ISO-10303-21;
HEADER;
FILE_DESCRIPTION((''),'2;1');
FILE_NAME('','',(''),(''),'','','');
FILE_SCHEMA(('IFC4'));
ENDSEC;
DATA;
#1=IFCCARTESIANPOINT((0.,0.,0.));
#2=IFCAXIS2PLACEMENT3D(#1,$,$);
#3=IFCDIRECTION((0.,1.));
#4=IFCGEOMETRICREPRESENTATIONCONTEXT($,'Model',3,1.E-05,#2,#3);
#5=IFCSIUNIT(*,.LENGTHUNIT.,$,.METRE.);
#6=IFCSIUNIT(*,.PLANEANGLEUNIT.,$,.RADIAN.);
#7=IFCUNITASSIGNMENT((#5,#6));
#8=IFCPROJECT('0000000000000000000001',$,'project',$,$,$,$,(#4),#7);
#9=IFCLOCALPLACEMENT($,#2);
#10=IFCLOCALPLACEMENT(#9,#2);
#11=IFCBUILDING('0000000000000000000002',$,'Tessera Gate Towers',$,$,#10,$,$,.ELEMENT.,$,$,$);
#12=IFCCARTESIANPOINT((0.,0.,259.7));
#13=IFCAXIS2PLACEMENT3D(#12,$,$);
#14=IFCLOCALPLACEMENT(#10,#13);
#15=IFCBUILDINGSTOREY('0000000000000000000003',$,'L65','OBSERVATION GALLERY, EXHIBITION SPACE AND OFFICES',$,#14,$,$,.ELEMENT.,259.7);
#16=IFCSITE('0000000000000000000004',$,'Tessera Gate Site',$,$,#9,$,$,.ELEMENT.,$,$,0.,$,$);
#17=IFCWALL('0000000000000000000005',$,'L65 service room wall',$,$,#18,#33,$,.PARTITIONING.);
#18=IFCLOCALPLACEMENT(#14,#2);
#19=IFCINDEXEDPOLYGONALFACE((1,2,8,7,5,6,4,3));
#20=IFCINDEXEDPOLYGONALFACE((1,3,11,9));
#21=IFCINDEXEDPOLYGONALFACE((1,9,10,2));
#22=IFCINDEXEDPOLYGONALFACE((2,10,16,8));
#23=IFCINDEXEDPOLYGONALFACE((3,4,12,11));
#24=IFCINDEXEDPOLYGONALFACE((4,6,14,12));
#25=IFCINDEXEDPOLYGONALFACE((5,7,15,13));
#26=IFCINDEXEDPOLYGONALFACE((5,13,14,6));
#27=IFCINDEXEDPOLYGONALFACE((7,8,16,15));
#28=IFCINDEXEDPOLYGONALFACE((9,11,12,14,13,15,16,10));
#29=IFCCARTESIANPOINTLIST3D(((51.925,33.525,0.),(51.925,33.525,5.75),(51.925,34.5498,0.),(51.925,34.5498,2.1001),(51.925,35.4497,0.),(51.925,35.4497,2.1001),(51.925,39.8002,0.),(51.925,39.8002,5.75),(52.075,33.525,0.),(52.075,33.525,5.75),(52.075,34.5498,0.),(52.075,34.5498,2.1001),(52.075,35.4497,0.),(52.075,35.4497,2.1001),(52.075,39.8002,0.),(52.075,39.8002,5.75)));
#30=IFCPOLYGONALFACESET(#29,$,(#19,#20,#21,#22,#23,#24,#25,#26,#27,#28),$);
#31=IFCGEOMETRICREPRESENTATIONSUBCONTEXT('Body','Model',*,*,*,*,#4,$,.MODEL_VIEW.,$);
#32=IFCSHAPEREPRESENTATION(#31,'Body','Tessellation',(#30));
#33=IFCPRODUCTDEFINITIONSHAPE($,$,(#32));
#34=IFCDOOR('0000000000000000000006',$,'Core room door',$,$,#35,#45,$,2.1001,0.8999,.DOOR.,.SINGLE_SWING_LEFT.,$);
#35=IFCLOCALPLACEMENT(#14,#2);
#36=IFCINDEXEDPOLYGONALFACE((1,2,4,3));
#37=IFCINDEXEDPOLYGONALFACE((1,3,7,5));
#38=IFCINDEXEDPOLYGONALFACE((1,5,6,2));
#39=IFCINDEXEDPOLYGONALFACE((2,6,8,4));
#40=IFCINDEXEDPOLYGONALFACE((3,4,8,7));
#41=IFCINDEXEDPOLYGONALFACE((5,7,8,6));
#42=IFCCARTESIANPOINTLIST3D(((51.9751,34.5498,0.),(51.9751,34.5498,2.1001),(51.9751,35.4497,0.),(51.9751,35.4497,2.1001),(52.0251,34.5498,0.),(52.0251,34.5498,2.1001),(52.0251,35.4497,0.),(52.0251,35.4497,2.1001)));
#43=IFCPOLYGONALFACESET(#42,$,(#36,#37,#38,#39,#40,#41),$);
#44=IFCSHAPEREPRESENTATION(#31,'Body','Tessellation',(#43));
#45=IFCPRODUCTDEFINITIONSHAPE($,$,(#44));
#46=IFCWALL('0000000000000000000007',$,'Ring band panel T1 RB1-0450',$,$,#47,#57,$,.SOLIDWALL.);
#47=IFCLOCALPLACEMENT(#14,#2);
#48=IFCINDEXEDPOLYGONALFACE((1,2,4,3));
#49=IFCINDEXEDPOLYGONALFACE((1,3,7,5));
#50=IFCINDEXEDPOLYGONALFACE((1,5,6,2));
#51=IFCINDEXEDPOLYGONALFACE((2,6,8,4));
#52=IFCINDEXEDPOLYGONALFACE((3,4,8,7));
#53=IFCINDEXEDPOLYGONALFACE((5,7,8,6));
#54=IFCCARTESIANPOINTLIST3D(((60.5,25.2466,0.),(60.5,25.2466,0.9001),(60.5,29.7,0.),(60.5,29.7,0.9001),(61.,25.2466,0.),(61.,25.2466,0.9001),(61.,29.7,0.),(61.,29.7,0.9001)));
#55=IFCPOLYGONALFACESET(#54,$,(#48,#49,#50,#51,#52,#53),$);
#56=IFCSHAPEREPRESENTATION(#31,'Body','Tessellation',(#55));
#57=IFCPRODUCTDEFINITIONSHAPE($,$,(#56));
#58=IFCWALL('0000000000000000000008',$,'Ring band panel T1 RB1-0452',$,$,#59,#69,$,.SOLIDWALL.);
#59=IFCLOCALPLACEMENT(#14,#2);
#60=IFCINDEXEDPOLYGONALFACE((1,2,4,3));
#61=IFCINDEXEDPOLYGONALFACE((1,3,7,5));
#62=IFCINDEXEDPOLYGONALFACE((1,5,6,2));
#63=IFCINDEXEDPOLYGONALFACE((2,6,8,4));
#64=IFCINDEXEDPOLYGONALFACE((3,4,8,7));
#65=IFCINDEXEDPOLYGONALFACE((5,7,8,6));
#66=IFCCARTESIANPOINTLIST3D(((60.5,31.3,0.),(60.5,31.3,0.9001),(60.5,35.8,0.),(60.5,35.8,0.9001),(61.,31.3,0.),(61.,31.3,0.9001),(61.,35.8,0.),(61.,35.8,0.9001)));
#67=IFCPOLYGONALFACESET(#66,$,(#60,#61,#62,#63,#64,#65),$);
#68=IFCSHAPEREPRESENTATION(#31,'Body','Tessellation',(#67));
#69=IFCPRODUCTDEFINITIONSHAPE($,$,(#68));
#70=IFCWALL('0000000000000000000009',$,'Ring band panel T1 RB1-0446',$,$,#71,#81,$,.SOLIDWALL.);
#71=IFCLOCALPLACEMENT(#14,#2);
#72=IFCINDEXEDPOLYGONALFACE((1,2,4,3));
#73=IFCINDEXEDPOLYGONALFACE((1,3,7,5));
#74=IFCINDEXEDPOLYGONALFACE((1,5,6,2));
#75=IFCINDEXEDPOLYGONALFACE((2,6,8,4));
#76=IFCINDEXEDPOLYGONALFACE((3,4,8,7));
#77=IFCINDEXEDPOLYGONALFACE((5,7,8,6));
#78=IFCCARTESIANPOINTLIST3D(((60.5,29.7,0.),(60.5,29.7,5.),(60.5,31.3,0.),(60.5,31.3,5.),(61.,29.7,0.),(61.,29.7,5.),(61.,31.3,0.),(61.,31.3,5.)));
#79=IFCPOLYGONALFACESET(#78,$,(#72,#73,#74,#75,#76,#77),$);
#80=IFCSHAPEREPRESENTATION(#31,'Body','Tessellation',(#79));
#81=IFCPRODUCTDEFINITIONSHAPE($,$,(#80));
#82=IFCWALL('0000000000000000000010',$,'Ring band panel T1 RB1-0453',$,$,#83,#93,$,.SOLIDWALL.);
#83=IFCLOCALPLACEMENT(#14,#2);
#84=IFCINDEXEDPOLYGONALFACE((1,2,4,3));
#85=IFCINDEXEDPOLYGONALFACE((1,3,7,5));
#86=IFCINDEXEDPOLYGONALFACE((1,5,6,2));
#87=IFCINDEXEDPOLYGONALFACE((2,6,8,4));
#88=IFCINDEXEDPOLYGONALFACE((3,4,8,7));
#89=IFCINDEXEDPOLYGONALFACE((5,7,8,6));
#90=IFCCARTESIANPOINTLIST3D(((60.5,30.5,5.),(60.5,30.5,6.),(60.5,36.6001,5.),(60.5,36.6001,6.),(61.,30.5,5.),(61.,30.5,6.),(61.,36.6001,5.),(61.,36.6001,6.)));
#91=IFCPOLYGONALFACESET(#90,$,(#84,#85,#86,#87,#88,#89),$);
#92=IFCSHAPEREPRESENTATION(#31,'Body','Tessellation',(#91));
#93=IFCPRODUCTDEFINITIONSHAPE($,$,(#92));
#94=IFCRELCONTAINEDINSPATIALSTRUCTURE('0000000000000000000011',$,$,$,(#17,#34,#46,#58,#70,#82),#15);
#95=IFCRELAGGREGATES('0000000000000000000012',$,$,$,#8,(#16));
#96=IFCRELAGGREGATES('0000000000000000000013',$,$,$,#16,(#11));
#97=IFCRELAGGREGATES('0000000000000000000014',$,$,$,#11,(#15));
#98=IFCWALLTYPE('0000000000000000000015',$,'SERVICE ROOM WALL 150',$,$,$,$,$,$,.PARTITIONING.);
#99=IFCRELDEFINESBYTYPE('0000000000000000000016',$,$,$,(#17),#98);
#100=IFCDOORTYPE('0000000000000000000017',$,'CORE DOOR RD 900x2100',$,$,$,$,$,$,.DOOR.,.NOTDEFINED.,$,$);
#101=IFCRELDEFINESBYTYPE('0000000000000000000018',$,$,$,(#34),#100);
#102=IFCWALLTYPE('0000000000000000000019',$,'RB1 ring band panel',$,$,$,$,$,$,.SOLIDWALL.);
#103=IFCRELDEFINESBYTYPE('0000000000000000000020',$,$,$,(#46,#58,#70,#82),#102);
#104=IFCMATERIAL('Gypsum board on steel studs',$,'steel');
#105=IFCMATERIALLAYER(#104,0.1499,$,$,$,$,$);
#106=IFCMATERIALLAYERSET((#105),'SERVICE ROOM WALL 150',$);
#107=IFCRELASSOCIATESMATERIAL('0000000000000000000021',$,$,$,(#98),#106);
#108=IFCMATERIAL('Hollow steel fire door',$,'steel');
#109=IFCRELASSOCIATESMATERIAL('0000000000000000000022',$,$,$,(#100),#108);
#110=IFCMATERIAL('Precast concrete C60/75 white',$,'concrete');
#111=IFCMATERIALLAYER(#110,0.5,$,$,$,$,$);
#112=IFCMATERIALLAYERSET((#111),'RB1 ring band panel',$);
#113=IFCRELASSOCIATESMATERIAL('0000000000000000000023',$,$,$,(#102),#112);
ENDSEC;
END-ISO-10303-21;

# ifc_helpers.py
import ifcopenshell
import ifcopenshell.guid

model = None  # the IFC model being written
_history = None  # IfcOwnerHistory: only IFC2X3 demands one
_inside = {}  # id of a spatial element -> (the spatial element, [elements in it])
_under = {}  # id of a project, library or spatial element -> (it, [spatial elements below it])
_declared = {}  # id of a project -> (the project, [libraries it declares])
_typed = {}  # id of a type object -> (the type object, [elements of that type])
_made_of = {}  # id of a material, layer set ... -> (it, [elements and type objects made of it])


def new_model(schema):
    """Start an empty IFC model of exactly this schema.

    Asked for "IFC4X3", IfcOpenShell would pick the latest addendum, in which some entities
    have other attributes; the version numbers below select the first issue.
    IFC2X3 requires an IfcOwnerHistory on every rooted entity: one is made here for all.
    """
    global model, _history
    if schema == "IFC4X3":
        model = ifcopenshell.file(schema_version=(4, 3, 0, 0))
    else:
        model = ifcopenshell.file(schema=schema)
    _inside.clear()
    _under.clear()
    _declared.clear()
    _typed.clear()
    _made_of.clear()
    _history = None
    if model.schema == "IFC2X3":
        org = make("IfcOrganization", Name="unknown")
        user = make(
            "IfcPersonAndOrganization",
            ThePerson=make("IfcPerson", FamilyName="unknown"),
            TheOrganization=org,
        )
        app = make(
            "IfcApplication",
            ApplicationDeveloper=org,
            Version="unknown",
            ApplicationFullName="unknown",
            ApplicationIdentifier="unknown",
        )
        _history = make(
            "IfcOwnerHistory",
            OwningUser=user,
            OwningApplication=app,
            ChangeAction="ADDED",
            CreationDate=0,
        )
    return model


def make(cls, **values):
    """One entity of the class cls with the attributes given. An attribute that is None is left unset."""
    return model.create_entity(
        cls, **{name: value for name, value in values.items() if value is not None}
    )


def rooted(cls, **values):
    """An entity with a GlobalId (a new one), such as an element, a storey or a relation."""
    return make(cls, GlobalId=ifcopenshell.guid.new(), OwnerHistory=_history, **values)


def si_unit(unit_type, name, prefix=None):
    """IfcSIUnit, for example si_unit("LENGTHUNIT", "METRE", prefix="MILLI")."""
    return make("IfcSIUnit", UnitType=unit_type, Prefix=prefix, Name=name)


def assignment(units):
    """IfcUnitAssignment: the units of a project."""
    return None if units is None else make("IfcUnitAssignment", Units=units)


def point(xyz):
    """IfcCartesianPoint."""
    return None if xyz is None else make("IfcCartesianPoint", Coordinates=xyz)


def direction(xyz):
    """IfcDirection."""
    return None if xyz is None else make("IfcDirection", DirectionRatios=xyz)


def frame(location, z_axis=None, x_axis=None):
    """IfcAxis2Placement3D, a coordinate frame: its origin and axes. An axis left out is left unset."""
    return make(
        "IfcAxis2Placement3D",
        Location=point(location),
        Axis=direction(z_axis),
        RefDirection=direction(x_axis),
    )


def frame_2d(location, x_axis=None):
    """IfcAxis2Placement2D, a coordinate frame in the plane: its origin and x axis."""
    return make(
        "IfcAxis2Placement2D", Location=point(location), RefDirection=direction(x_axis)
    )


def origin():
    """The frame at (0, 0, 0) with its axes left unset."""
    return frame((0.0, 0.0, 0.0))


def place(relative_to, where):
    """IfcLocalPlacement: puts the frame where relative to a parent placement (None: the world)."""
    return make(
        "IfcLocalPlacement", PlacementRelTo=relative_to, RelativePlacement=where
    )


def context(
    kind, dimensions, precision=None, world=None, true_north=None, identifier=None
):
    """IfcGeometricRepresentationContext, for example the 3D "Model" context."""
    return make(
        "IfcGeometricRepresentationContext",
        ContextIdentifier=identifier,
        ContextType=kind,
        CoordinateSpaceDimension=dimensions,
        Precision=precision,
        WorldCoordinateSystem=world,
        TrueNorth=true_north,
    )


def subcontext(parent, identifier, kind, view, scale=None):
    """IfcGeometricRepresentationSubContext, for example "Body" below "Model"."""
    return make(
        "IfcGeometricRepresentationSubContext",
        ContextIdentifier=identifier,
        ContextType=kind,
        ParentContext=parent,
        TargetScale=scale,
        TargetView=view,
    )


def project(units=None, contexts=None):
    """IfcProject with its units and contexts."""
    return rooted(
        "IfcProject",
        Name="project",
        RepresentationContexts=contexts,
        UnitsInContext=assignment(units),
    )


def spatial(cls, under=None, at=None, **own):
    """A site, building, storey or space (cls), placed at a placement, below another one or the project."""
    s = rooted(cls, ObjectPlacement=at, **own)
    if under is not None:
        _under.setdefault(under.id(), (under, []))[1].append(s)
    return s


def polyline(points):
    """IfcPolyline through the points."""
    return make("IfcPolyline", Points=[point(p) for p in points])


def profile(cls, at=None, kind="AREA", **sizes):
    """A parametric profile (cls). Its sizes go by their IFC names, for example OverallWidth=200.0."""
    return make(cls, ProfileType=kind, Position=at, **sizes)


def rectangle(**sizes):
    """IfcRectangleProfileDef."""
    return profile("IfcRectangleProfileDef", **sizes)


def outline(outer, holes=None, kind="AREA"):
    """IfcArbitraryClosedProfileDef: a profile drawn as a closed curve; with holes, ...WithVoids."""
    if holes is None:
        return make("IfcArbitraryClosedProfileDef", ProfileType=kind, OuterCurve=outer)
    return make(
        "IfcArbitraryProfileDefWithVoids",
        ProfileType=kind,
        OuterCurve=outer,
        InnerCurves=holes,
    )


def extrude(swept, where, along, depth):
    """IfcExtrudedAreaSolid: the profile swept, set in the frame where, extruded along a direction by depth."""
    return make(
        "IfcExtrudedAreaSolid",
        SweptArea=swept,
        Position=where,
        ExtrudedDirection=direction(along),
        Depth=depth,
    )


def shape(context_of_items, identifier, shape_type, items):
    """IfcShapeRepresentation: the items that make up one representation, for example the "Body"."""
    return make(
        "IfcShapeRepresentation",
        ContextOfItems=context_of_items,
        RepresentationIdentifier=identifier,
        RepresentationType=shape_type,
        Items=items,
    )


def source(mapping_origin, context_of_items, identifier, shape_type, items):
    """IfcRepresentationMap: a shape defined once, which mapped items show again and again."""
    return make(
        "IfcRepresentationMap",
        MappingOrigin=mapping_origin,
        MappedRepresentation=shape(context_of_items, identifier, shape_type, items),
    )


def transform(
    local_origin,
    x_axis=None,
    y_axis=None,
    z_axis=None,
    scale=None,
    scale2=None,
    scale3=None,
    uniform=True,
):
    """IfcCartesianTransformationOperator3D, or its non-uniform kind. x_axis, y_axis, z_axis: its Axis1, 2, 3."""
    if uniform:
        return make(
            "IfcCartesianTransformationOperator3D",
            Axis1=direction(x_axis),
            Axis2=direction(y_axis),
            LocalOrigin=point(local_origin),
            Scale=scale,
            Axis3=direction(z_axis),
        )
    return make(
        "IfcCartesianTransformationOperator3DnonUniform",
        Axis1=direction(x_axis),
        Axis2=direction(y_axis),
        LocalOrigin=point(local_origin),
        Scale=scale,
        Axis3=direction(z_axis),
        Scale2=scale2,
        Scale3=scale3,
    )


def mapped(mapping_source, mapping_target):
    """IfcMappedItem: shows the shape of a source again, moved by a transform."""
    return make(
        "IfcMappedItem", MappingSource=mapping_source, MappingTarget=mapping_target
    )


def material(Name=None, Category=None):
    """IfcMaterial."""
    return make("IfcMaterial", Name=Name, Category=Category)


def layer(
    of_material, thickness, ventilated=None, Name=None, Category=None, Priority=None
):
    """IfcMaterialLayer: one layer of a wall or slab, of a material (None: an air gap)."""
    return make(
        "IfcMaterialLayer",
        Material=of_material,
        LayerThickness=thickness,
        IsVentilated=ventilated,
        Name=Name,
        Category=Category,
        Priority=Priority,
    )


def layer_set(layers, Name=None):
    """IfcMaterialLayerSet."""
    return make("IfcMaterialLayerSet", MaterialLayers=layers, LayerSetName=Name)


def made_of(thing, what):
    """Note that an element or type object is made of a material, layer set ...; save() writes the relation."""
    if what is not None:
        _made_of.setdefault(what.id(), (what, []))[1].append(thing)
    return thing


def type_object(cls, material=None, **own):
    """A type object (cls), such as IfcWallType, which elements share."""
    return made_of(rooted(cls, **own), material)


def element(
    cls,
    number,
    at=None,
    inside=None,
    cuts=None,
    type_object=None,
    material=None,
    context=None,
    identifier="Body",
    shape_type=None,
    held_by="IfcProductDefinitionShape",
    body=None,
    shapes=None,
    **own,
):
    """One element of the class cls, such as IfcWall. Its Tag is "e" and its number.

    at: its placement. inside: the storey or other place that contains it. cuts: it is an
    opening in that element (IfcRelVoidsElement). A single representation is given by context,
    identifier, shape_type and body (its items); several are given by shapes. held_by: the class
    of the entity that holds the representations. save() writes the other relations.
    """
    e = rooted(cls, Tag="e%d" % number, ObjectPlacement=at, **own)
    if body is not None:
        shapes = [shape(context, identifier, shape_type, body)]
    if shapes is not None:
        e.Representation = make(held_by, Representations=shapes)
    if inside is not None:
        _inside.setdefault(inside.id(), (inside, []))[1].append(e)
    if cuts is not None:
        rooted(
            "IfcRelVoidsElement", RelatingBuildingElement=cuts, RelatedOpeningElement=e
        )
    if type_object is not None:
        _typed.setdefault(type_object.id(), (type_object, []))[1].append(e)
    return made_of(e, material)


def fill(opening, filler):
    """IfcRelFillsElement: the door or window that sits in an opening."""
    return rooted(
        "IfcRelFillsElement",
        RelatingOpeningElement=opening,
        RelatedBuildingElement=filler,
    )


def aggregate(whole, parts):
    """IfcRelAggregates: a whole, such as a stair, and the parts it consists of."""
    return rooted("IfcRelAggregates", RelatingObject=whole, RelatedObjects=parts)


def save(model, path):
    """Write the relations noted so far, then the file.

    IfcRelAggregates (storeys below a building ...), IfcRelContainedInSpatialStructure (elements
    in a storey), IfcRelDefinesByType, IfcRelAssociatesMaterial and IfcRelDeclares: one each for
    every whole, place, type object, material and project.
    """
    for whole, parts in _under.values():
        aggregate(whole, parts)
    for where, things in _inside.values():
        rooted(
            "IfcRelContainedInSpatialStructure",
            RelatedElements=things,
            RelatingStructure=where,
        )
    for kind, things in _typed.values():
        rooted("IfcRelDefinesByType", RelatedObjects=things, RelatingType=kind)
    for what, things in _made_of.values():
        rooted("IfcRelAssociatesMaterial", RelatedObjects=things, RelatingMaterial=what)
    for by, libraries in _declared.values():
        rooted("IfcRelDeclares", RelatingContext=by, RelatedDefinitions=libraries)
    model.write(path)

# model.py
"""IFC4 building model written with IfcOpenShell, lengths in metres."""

from ifc_helpers import new_model, si_unit, direction, frame, frame_2d, origin, place, context, subcontext, project, spatial, polyline, rectangle, outline, extrude, source, transform, mapped, material, layer, layer_set, type_object, element, fill, save


model = new_model("IFC4")

# Units and contexts
model_context = context("Model", 3, precision=1e-05, world=origin(), true_north=direction((0.0, 1.0)))
body_context = subcontext(model_context, "Body", "Model", "MODEL_VIEW")
ifc_project = project(units=[si_unit("LENGTHUNIT", "METRE"), si_unit("PLANEANGLEUNIT", "RADIAN")], contexts=[model_context])

# Site, building, storey
site_placement = place(None, origin())
site = spatial("IfcSite", under=ifc_project, at=site_placement, Name="Tessera Gate Site", CompositionType="ELEMENT", RefElevation=0.0)
building_placement = place(site_placement, origin())
building = spatial("IfcBuilding", under=site, at=building_placement, Name="Tessera Gate Towers", CompositionType="ELEMENT")
storey_placement = place(building_placement, frame((0.0, 0.0, 259.7)))
storey = spatial("IfcBuildingStorey", under=building, at=storey_placement, Name="L65", Description="OBSERVATION GALLERY, EXHIBITION SPACE AND OFFICES", CompositionType="ELEMENT", Elevation=259.7)

# Wall, opening, door
shared_shape_1 = source(origin(), body_context, "Body", "SweptSolid", [
    extrude(rectangle(XDim=0.8999, YDim=2.1001, at=frame_2d((0.45, 1.05))), frame((0.0, 0.085, 0.0), z_axis=(0.0, -1.0, 0.0), x_axis=(1.0, 0.0, 0.0)), (0.0, 0.0, 1.0), 0.1699),
])
shared_shape_2 = source(origin(), body_context, "Body", "SweptSolid", [
    extrude(rectangle(XDim=0.8999, YDim=2.1001, at=frame_2d((0.45, 1.05))), frame((0.0, 0.0249, 0.0), z_axis=(0.0, -1.0, 0.0), x_axis=(1.0, 0.0, 0.0)), (0.0, 0.0, 1.0), 0.05),
])
ifc_material_1 = material(Name="Gypsum board on steel studs", Category="steel")
ifc_layer_1 = layer(ifc_material_1, 0.1499)
ifc_layer_set_1 = layer_set([ifc_layer_1], Name="SERVICE ROOM WALL 150")
wall_type_1 = type_object("IfcWallType", Name="SERVICE ROOM WALL 150", PredefinedType="PARTITIONING", material=ifc_layer_set_1)
wall_1_placement = place(storey_placement, frame((52.0, 33.5249, 0.0), z_axis=(0.0, 0.0, 1.0), x_axis=(0.0, 1.0, 0.0)))
wall_1 = element("IfcWall", 1, at=wall_1_placement, inside=storey, type_object=wall_type_1, Name="L65 service room wall", PredefinedType="PARTITIONING", context=body_context, shape_type="SweptSolid", body=[
    extrude(rectangle(XDim=6.2751, YDim=0.1499, at=frame_2d((3.1377, 0.0))), origin(), (0.0, 0.0, 1.0), 5.75),
])
opening_1_placement = place(wall_1_placement, frame((1.0249, 0.0, 0.0)))
opening_1 = element("IfcOpeningElement", 2, at=opening_1_placement, cuts=wall_1, PredefinedType="OPENING", context=body_context, shape_type="MappedRepresentation", body=[
    mapped(shared_shape_1, transform((0.0, 0.0, 0.0), scale=1.0)),
])
ifc_material_2 = material(Name="Hollow steel fire door", Category="steel")
door_type_1 = type_object("IfcDoorType", Name="CORE DOOR RD 900x2100", OperationType="NOTDEFINED", PredefinedType="DOOR", material=ifc_material_2)
door_1_placement = place(opening_1_placement, origin())
door_1 = element("IfcDoor", 3, at=door_1_placement, inside=storey, type_object=door_type_1, Name="Core room door", OperationType="SINGLE_SWING_LEFT", OverallHeight=2.1001, OverallWidth=0.8999, PredefinedType="DOOR", context=body_context, shape_type="MappedRepresentation", body=[
    mapped(shared_shape_2, transform((0.0, 0.0, 0.0), scale=1.0)),
])
fill(opening_1, door_1)

# Walls
ifc_material_3 = material(Name="Precast concrete C60/75 white", Category="concrete")
ifc_layer_2 = layer(ifc_material_3, 0.5)
ifc_layer_set_2 = layer_set([ifc_layer_2], Name="RB1 ring band panel")
wall_type_2 = type_object("IfcWallType", Name="RB1 ring band panel", PredefinedType="SOLIDWALL", material=ifc_layer_set_2)
shared_shape_3 = source(origin(), body_context, "Body", "SweptSolid", [
    extrude(outline(polyline([(0.0, 0.0), (4.4534, 0.0), (4.4534, 0.9001), (0.0, 0.9001), (0.0, 0.0)])), frame((0.0, 0.25, 0.0), z_axis=(0.0, -1.0, 0.0), x_axis=(1.0, 0.0, 0.0)), (0.0, 0.0, 1.0), 0.5),
])
wall_2_placement = place(storey_placement, frame((60.75, 25.2466, 0.0), z_axis=(0.0, 0.0, 1.0), x_axis=(0.0, 1.0, 0.0)))
element("IfcWall", 4, at=wall_2_placement, inside=storey, type_object=wall_type_2, Name="Ring band panel T1 RB1-0450", PredefinedType="SOLIDWALL", context=body_context, shape_type="MappedRepresentation", body=[
    mapped(shared_shape_3, transform((0.0, 0.0, 0.0), scale=1.0)),
])
shared_shape_4 = source(origin(), body_context, "Body", "SweptSolid", [
    extrude(outline(polyline([(0.0, 0.0), (4.5, 0.0), (4.5, 0.9001), (0.0, 0.9001), (0.0, 0.0)])), frame((0.0, 0.25, 0.0), z_axis=(0.0, -1.0, 0.0), x_axis=(1.0, 0.0, 0.0)), (0.0, 0.0, 1.0), 0.5),
])
wall_3_placement = place(storey_placement, frame((60.75, 31.3, 0.0), z_axis=(0.0, 0.0, 1.0), x_axis=(0.0, 1.0, 0.0)))
element("IfcWall", 5, at=wall_3_placement, inside=storey, type_object=wall_type_2, Name="Ring band panel T1 RB1-0452", PredefinedType="SOLIDWALL", context=body_context, shape_type="MappedRepresentation", body=[
    mapped(shared_shape_4, transform((0.0, 0.0, 0.0), scale=1.0)),
])
shared_shape_5 = source(origin(), body_context, "Body", "SweptSolid", [
    extrude(outline(polyline([(0.0, 0.0), (1.6001, 0.0), (1.6001, 5.0), (0.0, 5.0), (0.0, 0.0)])), frame((0.0, 0.25, 0.0), z_axis=(0.0, -1.0, 0.0), x_axis=(1.0, 0.0, 0.0)), (0.0, 0.0, 1.0), 0.5),
])
wall_4_placement = place(storey_placement, frame((60.75, 29.7, 0.0), z_axis=(0.0, 0.0, 1.0), x_axis=(0.0, 1.0, 0.0)))
element("IfcWall", 6, at=wall_4_placement, inside=storey, type_object=wall_type_2, Name="Ring band panel T1 RB1-0446", PredefinedType="SOLIDWALL", context=body_context, shape_type="MappedRepresentation", body=[
    mapped(shared_shape_5, transform((0.0, 0.0, 0.0), scale=1.0)),
])
shared_shape_6 = source(origin(), body_context, "Body", "SweptSolid", [
    extrude(outline(polyline([(0.0, 0.0), (6.1001, 0.0), (6.1001, 1.0), (0.0, 1.0), (0.0, 0.0)])), frame((0.0, 0.25, 0.0), z_axis=(0.0, -1.0, 0.0), x_axis=(1.0, 0.0, 0.0)), (0.0, 0.0, 1.0), 0.5),
])
wall_5_placement = place(storey_placement, frame((60.75, 30.5, 5.0), z_axis=(0.0, 0.0, 1.0), x_axis=(0.0, 1.0, 0.0)))
element("IfcWall", 7, at=wall_5_placement, inside=storey, type_object=wall_type_2, Name="Ring band panel T1 RB1-0453", PredefinedType="SOLIDWALL", context=body_context, shape_type="MappedRepresentation", body=[
    mapped(shared_shape_6, transform((0.0, 0.0, 0.0), scale=1.0)),
])

save(model, "model.ifc")
